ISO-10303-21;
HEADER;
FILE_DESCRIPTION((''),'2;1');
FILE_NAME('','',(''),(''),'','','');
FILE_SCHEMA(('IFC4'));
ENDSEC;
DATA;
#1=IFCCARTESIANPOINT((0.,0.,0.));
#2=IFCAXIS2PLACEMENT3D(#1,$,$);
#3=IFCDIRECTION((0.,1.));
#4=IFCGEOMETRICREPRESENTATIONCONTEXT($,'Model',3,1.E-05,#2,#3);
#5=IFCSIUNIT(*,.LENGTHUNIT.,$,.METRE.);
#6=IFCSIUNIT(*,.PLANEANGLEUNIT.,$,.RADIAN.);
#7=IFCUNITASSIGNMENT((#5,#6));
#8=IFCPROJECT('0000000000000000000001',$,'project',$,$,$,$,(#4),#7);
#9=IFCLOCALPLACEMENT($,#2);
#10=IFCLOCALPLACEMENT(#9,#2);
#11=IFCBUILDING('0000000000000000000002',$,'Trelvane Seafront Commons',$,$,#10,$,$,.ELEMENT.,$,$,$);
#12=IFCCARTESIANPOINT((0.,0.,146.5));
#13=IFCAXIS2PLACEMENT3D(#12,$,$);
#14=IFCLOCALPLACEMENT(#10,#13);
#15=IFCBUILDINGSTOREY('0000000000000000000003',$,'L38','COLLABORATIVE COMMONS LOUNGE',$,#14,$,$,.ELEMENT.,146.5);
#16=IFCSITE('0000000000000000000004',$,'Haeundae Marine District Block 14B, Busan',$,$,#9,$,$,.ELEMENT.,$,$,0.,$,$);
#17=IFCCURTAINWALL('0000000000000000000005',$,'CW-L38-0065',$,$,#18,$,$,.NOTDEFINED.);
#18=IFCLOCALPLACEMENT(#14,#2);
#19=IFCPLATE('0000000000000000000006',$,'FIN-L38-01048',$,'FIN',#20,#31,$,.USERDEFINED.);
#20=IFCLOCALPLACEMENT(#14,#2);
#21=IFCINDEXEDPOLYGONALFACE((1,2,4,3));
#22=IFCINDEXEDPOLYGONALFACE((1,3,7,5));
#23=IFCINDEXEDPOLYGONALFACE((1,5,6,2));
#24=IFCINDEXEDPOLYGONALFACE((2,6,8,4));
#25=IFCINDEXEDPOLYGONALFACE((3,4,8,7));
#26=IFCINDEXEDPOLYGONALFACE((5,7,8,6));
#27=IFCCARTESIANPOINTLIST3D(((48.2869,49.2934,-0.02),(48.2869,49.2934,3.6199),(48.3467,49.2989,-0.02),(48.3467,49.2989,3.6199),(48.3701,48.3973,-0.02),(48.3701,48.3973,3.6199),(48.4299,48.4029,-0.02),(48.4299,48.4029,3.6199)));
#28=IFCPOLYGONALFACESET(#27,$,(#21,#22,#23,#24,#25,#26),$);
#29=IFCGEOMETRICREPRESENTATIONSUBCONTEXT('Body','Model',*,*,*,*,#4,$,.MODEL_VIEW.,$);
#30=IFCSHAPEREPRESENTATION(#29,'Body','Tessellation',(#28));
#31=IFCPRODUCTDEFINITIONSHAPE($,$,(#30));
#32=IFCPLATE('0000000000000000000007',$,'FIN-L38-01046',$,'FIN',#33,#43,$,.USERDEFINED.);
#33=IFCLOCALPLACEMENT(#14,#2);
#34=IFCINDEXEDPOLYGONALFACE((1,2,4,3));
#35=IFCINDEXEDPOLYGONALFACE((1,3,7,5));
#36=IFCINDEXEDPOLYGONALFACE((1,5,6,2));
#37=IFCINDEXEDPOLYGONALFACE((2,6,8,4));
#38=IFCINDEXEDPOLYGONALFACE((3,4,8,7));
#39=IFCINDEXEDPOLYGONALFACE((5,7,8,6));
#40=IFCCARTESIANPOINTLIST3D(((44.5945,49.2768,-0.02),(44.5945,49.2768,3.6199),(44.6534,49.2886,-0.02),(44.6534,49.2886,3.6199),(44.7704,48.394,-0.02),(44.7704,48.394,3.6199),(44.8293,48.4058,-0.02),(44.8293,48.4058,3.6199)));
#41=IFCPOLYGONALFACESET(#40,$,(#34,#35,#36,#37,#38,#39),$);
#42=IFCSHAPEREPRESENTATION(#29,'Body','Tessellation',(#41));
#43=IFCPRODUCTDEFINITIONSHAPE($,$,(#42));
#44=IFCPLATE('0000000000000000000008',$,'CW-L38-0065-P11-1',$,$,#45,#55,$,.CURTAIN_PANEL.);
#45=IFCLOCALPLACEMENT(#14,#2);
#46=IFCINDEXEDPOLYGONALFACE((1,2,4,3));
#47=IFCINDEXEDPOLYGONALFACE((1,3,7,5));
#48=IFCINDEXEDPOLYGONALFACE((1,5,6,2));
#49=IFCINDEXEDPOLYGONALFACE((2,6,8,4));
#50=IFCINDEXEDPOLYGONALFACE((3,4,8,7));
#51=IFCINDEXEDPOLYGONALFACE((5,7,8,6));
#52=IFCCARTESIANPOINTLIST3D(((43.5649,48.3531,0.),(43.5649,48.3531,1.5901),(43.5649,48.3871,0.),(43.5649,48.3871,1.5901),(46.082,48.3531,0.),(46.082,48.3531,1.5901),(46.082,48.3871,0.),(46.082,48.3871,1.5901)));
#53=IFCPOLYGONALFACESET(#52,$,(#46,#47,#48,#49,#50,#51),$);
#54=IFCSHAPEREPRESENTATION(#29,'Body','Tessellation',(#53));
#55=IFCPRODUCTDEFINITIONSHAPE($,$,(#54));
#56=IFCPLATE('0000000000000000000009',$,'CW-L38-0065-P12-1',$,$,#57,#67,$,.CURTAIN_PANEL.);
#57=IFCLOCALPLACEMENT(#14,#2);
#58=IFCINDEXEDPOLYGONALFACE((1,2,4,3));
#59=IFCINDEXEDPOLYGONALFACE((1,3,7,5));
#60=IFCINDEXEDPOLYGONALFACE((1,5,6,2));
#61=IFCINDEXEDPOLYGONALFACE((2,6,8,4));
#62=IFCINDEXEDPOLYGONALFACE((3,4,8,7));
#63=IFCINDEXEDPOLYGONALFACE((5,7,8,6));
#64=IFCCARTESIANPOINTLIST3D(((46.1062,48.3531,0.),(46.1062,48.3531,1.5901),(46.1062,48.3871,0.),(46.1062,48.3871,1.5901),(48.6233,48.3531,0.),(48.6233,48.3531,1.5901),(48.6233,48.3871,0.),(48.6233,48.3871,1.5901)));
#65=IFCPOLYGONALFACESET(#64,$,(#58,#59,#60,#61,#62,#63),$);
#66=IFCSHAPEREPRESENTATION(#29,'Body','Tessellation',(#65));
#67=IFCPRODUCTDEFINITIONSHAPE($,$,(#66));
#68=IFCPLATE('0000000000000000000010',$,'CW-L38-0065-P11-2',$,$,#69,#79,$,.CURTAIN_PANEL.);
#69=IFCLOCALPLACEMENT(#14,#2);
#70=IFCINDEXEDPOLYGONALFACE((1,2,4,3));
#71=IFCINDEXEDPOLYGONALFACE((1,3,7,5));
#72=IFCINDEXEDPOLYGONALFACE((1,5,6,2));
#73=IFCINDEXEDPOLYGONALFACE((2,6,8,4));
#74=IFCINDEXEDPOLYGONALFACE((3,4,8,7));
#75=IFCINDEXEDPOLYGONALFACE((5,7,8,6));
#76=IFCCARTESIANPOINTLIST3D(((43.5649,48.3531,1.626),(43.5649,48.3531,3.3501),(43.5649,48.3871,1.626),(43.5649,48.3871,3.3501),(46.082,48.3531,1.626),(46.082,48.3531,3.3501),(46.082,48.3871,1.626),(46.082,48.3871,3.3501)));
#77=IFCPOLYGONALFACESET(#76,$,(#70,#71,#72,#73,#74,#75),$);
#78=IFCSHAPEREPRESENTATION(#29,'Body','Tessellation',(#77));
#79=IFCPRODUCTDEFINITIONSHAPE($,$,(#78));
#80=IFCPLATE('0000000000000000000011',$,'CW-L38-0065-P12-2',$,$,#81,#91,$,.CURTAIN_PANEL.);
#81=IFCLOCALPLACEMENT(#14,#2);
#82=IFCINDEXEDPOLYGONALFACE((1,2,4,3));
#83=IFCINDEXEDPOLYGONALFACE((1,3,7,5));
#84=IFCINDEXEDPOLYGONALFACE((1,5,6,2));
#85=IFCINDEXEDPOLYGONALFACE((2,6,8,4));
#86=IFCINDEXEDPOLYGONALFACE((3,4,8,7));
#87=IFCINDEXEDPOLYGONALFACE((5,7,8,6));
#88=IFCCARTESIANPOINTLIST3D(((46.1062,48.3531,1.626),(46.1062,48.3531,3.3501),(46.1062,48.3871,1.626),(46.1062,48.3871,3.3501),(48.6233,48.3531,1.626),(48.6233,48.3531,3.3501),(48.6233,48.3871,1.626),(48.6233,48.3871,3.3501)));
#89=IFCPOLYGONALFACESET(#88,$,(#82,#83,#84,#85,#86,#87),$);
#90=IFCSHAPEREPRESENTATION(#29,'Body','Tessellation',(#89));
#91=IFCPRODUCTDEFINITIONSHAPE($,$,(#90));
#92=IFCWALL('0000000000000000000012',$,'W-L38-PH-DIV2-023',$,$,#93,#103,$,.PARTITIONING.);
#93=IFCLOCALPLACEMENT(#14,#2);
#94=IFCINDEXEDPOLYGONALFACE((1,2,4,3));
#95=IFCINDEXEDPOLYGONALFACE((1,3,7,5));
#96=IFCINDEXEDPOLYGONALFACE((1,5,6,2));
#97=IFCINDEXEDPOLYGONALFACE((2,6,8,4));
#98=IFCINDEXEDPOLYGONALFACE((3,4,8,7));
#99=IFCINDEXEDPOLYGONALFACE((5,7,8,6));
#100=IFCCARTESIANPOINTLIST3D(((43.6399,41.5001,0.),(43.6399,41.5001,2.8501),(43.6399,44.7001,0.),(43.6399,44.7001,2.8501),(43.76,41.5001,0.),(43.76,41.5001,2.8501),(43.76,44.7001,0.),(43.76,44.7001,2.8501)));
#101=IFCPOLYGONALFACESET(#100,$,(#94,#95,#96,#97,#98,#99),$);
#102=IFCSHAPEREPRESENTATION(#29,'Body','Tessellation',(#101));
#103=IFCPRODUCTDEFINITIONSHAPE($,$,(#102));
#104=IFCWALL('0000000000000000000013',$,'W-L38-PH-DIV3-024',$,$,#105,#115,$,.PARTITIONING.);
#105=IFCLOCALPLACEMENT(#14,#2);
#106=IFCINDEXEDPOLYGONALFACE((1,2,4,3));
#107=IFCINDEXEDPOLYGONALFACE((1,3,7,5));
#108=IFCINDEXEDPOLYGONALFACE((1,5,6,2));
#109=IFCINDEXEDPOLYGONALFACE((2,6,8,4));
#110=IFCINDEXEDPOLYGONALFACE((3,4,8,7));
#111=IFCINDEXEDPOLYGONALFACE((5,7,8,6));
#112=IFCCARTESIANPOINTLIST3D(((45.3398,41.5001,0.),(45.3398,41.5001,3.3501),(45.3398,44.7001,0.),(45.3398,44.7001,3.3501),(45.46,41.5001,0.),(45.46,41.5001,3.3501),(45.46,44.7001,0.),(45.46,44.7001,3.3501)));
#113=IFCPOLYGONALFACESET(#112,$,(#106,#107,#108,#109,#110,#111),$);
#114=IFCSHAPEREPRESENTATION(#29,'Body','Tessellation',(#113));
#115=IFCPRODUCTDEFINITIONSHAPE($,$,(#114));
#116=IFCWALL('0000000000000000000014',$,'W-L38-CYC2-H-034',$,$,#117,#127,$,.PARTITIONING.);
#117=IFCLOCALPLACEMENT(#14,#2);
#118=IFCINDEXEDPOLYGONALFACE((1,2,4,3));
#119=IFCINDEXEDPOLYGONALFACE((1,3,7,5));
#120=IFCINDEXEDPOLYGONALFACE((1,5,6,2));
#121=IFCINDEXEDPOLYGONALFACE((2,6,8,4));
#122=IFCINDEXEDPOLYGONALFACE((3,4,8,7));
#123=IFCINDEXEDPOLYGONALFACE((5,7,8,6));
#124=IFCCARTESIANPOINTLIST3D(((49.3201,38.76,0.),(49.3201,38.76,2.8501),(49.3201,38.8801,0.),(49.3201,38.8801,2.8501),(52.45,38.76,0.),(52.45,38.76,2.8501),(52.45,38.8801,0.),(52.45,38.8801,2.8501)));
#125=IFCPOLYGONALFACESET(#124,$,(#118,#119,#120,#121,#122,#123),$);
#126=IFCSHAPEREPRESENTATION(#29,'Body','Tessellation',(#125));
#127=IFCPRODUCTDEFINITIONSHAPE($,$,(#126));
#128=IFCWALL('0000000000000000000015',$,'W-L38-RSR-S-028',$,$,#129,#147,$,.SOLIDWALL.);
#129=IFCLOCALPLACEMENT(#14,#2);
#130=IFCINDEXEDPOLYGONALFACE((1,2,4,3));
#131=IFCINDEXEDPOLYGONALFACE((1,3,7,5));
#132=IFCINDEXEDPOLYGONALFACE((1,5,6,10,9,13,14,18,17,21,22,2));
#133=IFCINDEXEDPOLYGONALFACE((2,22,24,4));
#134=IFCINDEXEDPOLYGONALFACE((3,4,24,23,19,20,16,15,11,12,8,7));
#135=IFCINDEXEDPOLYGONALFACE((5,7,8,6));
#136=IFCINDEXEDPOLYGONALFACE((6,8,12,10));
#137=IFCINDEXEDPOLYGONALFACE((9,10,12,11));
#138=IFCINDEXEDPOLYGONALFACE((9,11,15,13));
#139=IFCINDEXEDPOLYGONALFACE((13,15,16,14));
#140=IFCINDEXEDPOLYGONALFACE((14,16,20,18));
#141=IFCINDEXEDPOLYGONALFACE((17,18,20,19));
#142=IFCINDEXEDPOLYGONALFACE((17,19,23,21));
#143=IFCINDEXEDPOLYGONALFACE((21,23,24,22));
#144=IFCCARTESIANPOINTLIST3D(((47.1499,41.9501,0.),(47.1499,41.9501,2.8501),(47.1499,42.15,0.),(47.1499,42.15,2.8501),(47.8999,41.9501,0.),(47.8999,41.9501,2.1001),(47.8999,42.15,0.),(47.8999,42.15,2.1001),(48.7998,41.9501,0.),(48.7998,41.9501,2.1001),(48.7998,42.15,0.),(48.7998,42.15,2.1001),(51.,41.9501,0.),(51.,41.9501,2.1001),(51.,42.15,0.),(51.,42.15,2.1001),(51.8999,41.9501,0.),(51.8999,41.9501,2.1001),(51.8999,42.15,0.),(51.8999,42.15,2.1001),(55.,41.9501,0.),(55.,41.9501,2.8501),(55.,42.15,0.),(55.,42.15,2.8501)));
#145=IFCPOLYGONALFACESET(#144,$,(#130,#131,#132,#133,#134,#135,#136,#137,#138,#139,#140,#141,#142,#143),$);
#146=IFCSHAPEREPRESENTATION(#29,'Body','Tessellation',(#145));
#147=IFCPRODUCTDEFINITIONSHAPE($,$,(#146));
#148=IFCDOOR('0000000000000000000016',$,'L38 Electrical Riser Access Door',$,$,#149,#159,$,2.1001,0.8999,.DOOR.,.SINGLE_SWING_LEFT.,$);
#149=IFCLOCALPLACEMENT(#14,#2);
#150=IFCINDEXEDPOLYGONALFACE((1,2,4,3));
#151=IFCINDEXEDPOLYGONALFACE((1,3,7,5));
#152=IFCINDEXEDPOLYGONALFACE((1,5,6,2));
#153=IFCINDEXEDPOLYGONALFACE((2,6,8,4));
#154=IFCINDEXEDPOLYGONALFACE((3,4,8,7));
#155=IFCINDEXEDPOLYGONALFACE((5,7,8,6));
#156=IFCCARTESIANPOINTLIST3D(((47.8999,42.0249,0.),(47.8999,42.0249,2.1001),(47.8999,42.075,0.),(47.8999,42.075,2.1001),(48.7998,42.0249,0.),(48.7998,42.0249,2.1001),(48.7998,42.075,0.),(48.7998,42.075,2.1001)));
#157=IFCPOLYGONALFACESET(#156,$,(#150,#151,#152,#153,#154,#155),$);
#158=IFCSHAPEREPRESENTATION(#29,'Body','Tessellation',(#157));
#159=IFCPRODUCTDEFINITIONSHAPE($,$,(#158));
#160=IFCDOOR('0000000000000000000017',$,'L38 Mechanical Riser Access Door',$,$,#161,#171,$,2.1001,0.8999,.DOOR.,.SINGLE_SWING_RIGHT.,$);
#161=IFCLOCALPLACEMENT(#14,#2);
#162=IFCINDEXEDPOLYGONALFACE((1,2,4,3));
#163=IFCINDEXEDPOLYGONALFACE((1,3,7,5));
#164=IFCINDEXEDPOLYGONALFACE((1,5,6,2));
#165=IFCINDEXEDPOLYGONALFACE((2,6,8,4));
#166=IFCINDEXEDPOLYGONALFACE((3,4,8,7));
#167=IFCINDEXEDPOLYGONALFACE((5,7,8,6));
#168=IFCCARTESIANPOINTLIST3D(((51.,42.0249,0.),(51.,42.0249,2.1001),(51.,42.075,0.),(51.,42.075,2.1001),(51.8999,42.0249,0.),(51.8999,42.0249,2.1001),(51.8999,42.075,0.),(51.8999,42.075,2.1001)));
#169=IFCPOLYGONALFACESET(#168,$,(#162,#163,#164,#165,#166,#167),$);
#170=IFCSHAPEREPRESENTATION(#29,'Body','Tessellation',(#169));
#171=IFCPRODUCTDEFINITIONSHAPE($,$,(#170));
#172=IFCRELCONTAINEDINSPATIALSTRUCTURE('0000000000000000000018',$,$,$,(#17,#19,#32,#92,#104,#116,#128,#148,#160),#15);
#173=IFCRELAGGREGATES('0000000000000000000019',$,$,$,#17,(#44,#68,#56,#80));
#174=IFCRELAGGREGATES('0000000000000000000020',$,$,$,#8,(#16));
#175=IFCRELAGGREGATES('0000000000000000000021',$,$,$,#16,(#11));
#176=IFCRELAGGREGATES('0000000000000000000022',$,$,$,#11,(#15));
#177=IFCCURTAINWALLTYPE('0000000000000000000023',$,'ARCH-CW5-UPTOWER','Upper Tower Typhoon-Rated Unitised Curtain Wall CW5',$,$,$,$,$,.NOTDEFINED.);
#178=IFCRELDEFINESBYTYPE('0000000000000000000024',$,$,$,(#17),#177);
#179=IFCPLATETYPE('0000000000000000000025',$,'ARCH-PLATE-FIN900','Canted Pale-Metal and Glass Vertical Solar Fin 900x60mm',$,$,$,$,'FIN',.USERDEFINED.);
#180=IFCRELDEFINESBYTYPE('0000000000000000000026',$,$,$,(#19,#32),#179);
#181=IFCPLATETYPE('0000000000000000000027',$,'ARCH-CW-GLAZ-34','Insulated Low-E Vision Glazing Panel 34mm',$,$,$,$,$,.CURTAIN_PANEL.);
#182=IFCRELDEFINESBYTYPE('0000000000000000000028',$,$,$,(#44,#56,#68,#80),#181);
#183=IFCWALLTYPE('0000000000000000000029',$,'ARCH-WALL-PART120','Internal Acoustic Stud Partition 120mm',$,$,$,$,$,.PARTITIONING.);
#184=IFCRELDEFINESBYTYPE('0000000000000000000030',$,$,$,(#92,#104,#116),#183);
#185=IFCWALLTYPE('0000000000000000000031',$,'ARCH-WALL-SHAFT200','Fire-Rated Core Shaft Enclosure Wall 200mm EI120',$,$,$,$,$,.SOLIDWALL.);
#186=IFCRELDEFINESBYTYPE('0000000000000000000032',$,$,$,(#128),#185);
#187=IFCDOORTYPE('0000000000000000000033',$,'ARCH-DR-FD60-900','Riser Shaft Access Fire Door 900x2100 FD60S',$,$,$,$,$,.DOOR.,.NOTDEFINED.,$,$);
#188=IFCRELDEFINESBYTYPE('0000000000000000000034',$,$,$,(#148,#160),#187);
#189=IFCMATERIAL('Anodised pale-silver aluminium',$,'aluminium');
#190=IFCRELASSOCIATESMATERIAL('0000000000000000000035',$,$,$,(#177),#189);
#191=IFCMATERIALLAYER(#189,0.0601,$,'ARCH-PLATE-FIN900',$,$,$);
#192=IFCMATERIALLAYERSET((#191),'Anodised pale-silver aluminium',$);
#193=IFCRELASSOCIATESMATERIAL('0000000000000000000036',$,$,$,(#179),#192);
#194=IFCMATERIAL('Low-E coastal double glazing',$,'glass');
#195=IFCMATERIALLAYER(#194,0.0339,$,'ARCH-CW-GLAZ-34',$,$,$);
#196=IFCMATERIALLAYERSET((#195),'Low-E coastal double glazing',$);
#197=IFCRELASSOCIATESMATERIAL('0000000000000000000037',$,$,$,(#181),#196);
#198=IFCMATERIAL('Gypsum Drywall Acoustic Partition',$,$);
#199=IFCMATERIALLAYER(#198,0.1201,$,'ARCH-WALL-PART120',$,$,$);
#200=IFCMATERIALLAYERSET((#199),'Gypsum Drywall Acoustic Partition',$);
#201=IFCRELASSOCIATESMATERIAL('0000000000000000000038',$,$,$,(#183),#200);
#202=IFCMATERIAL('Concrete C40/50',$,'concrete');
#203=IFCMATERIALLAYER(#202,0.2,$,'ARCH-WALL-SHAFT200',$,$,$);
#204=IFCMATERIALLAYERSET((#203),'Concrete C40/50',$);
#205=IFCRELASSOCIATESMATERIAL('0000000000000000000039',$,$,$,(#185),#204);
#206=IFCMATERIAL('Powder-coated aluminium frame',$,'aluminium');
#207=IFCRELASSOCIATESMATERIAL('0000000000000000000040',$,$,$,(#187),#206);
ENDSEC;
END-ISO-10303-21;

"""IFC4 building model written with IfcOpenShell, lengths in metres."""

from ifc_helpers import new_model, si_unit, direction, frame, frame_2d, origin, origin_2d, place, context, subcontext, project, spatial, rectangle, extrude, source, transform, mapped, material, layer, layer_set, type_object, element, fill, aggregate, save


model = new_model("IFC4")

# Units and contexts
model_context = context("Model", 3, precision=1e-05, world=origin(), true_north=direction((0.0, 1.0)))
body_context = subcontext(model_context, "Body", "Model", "MODEL_VIEW")
ifc_project = project(units=[si_unit("LENGTHUNIT", "METRE"), si_unit("PLANEANGLEUNIT", "RADIAN")], contexts=[model_context])

# Site, building, storey
site_placement = place(None, origin())
site = spatial("IfcSite", under=ifc_project, at=site_placement, Name="Haeundae Marine District Block 14B, Busan", CompositionType="ELEMENT", RefElevation=0.0)
building_placement = place(site_placement, origin())
building = spatial("IfcBuilding", under=site, at=building_placement, Name="Trelvane Seafront Commons", CompositionType="ELEMENT")
storey_placement = place(building_placement, frame((0.0, 0.0, 146.5)))
storey = spatial("IfcBuildingStorey", under=building, at=storey_placement, Name="L38", Description="COLLABORATIVE COMMONS LOUNGE", CompositionType="ELEMENT", Elevation=146.5)

# Curtain wall
ifc_material_1 = material(Name="Anodised pale-silver aluminium", Category="aluminium")
curtain_wall_type = type_object("IfcCurtainWallType", Name="ARCH-CW5-UPTOWER", Description="Upper Tower Typhoon-Rated Unitised Curtain Wall CW5", PredefinedType="NOTDEFINED", material=ifc_material_1)
curtain_wall_placement = place(storey_placement, origin())
curtain_wall = element("IfcCurtainWall", 1, at=curtain_wall_placement, inside=storey, type_object=curtain_wall_type, Name="CW-L38-0065", PredefinedType="NOTDEFINED")

# Plates
ifc_layer_1 = layer(ifc_material_1, 0.0601, Name="ARCH-PLATE-FIN900")
ifc_layer_set_1 = layer_set([ifc_layer_1], Name="Anodised pale-silver aluminium")
plate_type_1 = type_object("IfcPlateType", Name="ARCH-PLATE-FIN900", Description="Canted Pale-Metal and Glass Vertical Solar Fin 900x60mm", ElementType="FIN", PredefinedType="USERDEFINED", material=ifc_layer_set_1)
shared_shape_1 = source(origin(), body_context, "Body", "SweptSolid", [
    extrude(rectangle(XDim=0.8999, YDim=0.0601, at=origin_2d()), origin(), (0.0, 0.0, 1.0), 3.6399),
])
for number, where, z_axis, x_axis, name in (
    (2, (48.3584, 48.8481, -0.02), (0.0, 0.0, 1.0), (-0.09256, 0.995707, 0.0), "FIN-L38-01048"),
):
    element("IfcPlate", number, at=place(storey_placement, frame(where, z_axis=z_axis, x_axis=x_axis)), inside=storey, type_object=plate_type_1, Name=name, ObjectType="FIN", PredefinedType="USERDEFINED", context=body_context, shape_type="MappedRepresentation", body=[
        mapped(shared_shape_1, transform((0.0, 0.0, 0.0), x_axis=(1.0, 0.0, 0.0), y_axis=(0.0, 1.0, 0.0), z_axis=(0.0, 0.0, 1.0), scale=1.0)),
    ])
shared_shape_2 = source(origin(), body_context, "Body", "SweptSolid", [
    extrude(rectangle(XDim=0.9001, YDim=0.0601, at=origin_2d()), origin(), (0.0, 0.0, 1.0), 3.6399),
])
plate_1_placement = place(storey_placement, frame((44.7119, 48.8413, -0.02), z_axis=(0.0, 0.0, 1.0), x_axis=(-0.195433, 0.980717, 0.0)))
element("IfcPlate", 3, at=plate_1_placement, inside=storey, type_object=plate_type_1, Name="FIN-L38-01046", ObjectType="FIN", PredefinedType="USERDEFINED", context=body_context, shape_type="MappedRepresentation", body=[
    mapped(shared_shape_2, transform((0.0, 0.0, 0.0), x_axis=(1.0, 0.0, 0.0), y_axis=(0.0, 1.0, 0.0), z_axis=(0.0, 0.0, 1.0), scale=1.0)),
])

# Plates
ifc_material_2 = material(Name="Low-E coastal double glazing", Category="glass")
ifc_layer_2 = layer(ifc_material_2, 0.0339, Name="ARCH-CW-GLAZ-34")
ifc_layer_set_2 = layer_set([ifc_layer_2], Name="Low-E coastal double glazing")
plate_type_2 = type_object("IfcPlateType", Name="ARCH-CW-GLAZ-34", Description="Insulated Low-E Vision Glazing Panel 34mm", PredefinedType="CURTAIN_PANEL", material=ifc_layer_set_2)
shared_shape_3 = source(origin(), body_context, "Body", "SweptSolid", [
    extrude(rectangle(XDim=2.5171, YDim=0.0339, at=origin_2d()), origin(), (0.0, 0.0, 1.0), 1.5901),
])
plate_2_placement = place(storey_placement, frame((44.8235, 48.3701, 0.0), z_axis=(0.0, 0.0, 1.0), x_axis=(1.0, 0.0, 0.0)))
plate_2 = element("IfcPlate", 4, at=plate_2_placement, type_object=plate_type_2, Name="CW-L38-0065-P11-1", PredefinedType="CURTAIN_PANEL", context=body_context, shape_type="MappedRepresentation", body=[
    mapped(shared_shape_3, transform((0.0, 0.0, 0.0), x_axis=(1.0, 0.0, 0.0), y_axis=(0.0, 1.0, 0.0), z_axis=(0.0, 0.0, 1.0), scale=1.0)),
])
plate_3_placement = place(storey_placement, frame((47.3647, 48.3701, 0.0), z_axis=(0.0, 0.0, 1.0), x_axis=(1.0, 0.0, 0.0)))
plate_3 = element("IfcPlate", 5, at=plate_3_placement, type_object=plate_type_2, Name="CW-L38-0065-P12-1", PredefinedType="CURTAIN_PANEL", context=body_context, shape_type="MappedRepresentation", body=[
    mapped(shared_shape_3, transform((0.0, 0.0, 0.0), x_axis=(1.0, 0.0, 0.0), y_axis=(0.0, 1.0, 0.0), z_axis=(0.0, 0.0, 1.0), scale=1.0)),
])
shared_shape_4 = source(origin(), body_context, "Body", "SweptSolid", [
    extrude(rectangle(XDim=2.5171, YDim=0.0339, at=origin_2d()), origin(), (0.0, 0.0, 1.0), 1.7241),
])
plate_4_placement = place(storey_placement, frame((44.8235, 48.3701, 1.626), z_axis=(0.0, 0.0, 1.0), x_axis=(1.0, 0.0, 0.0)))
plate_4 = element("IfcPlate", 6, at=plate_4_placement, type_object=plate_type_2, Name="CW-L38-0065-P11-2", PredefinedType="CURTAIN_PANEL", context=body_context, shape_type="MappedRepresentation", body=[
    mapped(shared_shape_4, transform((0.0, 0.0, 0.0), x_axis=(1.0, 0.0, 0.0), y_axis=(0.0, 1.0, 0.0), z_axis=(0.0, 0.0, 1.0), scale=1.0)),
])
plate_5_placement = place(storey_placement, frame((47.3647, 48.3701, 1.626), z_axis=(0.0, 0.0, 1.0), x_axis=(1.0, 0.0, 0.0)))
plate_5 = element("IfcPlate", 7, at=plate_5_placement, type_object=plate_type_2, Name="CW-L38-0065-P12-2", PredefinedType="CURTAIN_PANEL", context=body_context, shape_type="MappedRepresentation", body=[
    mapped(shared_shape_4, transform((0.0, 0.0, 0.0), x_axis=(1.0, 0.0, 0.0), y_axis=(0.0, 1.0, 0.0), z_axis=(0.0, 0.0, 1.0), scale=1.0)),
])
aggregate(curtain_wall, [plate_2, plate_4, plate_3, plate_5])

# Walls
ifc_material_3 = material(Name="Gypsum Drywall Acoustic Partition")
ifc_layer_3 = layer(ifc_material_3, 0.1201, Name="ARCH-WALL-PART120")
ifc_layer_set_3 = layer_set([ifc_layer_3], Name="Gypsum Drywall Acoustic Partition")
wall_type_1 = type_object("IfcWallType", Name="ARCH-WALL-PART120", Description="Internal Acoustic Stud Partition 120mm", PredefinedType="PARTITIONING", material=ifc_layer_set_3)
wall_1_placement = place(storey_placement, frame((43.7, 41.5, 0.0), z_axis=(0.0, 0.0, 1.0), x_axis=(0.0, 1.0, 0.0)))
element("IfcWall", 8, at=wall_1_placement, inside=storey, type_object=wall_type_1, Name="W-L38-PH-DIV2-023", PredefinedType="PARTITIONING", context=body_context, shape_type="SweptSolid", body=[
    extrude(rectangle(XDim=3.2, YDim=0.1201, at=frame_2d((1.6001, 0.0))), origin(), (0.0, 0.0, 1.0), 2.8501),
])
wall_2_placement = place(storey_placement, frame((45.3999, 41.5, 0.0), z_axis=(0.0, 0.0, 1.0), x_axis=(0.0, 1.0, 0.0)))
element("IfcWall", 9, at=wall_2_placement, inside=storey, type_object=wall_type_1, Name="W-L38-PH-DIV3-024", PredefinedType="PARTITIONING", context=body_context, shape_type="SweptSolid", body=[
    extrude(rectangle(XDim=3.2, YDim=0.1201, at=frame_2d((1.6001, 0.0))), origin(), (0.0, 0.0, 1.0), 3.3501),
])
wall_3_placement = place(storey_placement, frame((49.3201, 38.8201, 0.0), z_axis=(0.0, 0.0, 1.0), x_axis=(1.0, 0.0, 0.0)))
element("IfcWall", 10, at=wall_3_placement, inside=storey, type_object=wall_type_1, Name="W-L38-CYC2-H-034", PredefinedType="PARTITIONING", context=body_context, shape_type="SweptSolid", body=[
    extrude(rectangle(XDim=3.1299, YDim=0.1201, at=frame_2d((1.5649, 0.0))), origin(), (0.0, 0.0, 1.0), 2.8501),
])

# Wall, openings, doors
ifc_material_4 = material(Name="Concrete C40/50", Category="concrete")
ifc_layer_4 = layer(ifc_material_4, 0.2, Name="ARCH-WALL-SHAFT200")
ifc_layer_set_4 = layer_set([ifc_layer_4], Name="Concrete C40/50")
wall_type_2 = type_object("IfcWallType", Name="ARCH-WALL-SHAFT200", Description="Fire-Rated Core Shaft Enclosure Wall 200mm EI120", PredefinedType="SOLIDWALL", material=ifc_layer_set_4)
wall_4_placement = place(storey_placement, frame((47.1499, 42.05, 0.0), z_axis=(0.0, 0.0, 1.0), x_axis=(1.0, 0.0, 0.0)))
wall_4 = element("IfcWall", 11, at=wall_4_placement, inside=storey, type_object=wall_type_2, Name="W-L38-RSR-S-028", PredefinedType="SOLIDWALL", context=body_context, shape_type="SweptSolid", body=[
    extrude(rectangle(XDim=7.8501, YDim=0.2, at=frame_2d((3.925, 0.0))), origin(), (0.0, 0.0, 1.0), 2.8501),
])
opening_1_placement = place(wall_4_placement, frame((0.75, 0.0, 0.0)))
opening_1 = element("IfcOpeningElement", 12, at=opening_1_placement, cuts=wall_4, PredefinedType="OPENING", context=body_context, shape_type="SweptSolid", body=[
    extrude(rectangle(XDim=0.8999, YDim=2.1001, at=frame_2d((0.45, 1.05))), frame((0.0, 0.1099, 0.0), z_axis=(0.0, -1.0, 0.0), x_axis=(1.0, 0.0, 0.0)), (0.0, 0.0, 1.0), 0.22),
])
opening_2_placement = place(wall_4_placement, frame((3.8501, 0.0, 0.0)))
opening_2 = element("IfcOpeningElement", 13, at=opening_2_placement, cuts=wall_4, PredefinedType="OPENING", context=body_context, shape_type="SweptSolid", body=[
    extrude(rectangle(XDim=0.8999, YDim=2.1001, at=frame_2d((0.45, 1.05))), frame((0.0, 0.1099, 0.0), z_axis=(0.0, -1.0, 0.0), x_axis=(1.0, 0.0, 0.0)), (0.0, 0.0, 1.0), 0.22),
])
ifc_material_5 = material(Name="Powder-coated aluminium frame", Category="aluminium")
door_type = type_object("IfcDoorType", Name="ARCH-DR-FD60-900", Description="Riser Shaft Access Fire Door 900x2100 FD60S", OperationType="NOTDEFINED", PredefinedType="DOOR", material=ifc_material_5)
shared_shape_5 = source(origin(), body_context, "Body", "SweptSolid", [
    extrude(rectangle(XDim=0.8999, YDim=2.1001, at=frame_2d((0.45, 1.05))), frame((0.0, 0.0249, 0.0), z_axis=(0.0, -1.0, 0.0), x_axis=(1.0, 0.0, 0.0)), (0.0, 0.0, 1.0), 0.05),
])
door_1_placement = place(opening_1_placement, origin())
door_1 = element("IfcDoor", 14, at=door_1_placement, inside=storey, type_object=door_type, Name="L38 Electrical Riser Access Door", OperationType="SINGLE_SWING_LEFT", OverallHeight=2.1001, OverallWidth=0.8999, PredefinedType="DOOR", context=body_context, shape_type="MappedRepresentation", body=[
    mapped(shared_shape_5, transform((0.0, 0.0, 0.0), x_axis=(1.0, 0.0, 0.0), y_axis=(0.0, 1.0, 0.0), z_axis=(0.0, 0.0, 1.0), scale=1.0)),
])
fill(opening_1, door_1)
door_2_placement = place(opening_2_placement, origin())
door_2 = element("IfcDoor", 15, at=door_2_placement, inside=storey, type_object=door_type, Name="L38 Mechanical Riser Access Door", OperationType="SINGLE_SWING_RIGHT", OverallHeight=2.1001, OverallWidth=0.8999, PredefinedType="DOOR", context=body_context, shape_type="MappedRepresentation", body=[
    mapped(shared_shape_5, transform((0.0, 0.0, 0.0), x_axis=(1.0, 0.0, 0.0), y_axis=(0.0, 1.0, 0.0), z_axis=(0.0, 0.0, 1.0), scale=1.0)),
])
fill(opening_2, door_2)

save(model, "model.ifc")
